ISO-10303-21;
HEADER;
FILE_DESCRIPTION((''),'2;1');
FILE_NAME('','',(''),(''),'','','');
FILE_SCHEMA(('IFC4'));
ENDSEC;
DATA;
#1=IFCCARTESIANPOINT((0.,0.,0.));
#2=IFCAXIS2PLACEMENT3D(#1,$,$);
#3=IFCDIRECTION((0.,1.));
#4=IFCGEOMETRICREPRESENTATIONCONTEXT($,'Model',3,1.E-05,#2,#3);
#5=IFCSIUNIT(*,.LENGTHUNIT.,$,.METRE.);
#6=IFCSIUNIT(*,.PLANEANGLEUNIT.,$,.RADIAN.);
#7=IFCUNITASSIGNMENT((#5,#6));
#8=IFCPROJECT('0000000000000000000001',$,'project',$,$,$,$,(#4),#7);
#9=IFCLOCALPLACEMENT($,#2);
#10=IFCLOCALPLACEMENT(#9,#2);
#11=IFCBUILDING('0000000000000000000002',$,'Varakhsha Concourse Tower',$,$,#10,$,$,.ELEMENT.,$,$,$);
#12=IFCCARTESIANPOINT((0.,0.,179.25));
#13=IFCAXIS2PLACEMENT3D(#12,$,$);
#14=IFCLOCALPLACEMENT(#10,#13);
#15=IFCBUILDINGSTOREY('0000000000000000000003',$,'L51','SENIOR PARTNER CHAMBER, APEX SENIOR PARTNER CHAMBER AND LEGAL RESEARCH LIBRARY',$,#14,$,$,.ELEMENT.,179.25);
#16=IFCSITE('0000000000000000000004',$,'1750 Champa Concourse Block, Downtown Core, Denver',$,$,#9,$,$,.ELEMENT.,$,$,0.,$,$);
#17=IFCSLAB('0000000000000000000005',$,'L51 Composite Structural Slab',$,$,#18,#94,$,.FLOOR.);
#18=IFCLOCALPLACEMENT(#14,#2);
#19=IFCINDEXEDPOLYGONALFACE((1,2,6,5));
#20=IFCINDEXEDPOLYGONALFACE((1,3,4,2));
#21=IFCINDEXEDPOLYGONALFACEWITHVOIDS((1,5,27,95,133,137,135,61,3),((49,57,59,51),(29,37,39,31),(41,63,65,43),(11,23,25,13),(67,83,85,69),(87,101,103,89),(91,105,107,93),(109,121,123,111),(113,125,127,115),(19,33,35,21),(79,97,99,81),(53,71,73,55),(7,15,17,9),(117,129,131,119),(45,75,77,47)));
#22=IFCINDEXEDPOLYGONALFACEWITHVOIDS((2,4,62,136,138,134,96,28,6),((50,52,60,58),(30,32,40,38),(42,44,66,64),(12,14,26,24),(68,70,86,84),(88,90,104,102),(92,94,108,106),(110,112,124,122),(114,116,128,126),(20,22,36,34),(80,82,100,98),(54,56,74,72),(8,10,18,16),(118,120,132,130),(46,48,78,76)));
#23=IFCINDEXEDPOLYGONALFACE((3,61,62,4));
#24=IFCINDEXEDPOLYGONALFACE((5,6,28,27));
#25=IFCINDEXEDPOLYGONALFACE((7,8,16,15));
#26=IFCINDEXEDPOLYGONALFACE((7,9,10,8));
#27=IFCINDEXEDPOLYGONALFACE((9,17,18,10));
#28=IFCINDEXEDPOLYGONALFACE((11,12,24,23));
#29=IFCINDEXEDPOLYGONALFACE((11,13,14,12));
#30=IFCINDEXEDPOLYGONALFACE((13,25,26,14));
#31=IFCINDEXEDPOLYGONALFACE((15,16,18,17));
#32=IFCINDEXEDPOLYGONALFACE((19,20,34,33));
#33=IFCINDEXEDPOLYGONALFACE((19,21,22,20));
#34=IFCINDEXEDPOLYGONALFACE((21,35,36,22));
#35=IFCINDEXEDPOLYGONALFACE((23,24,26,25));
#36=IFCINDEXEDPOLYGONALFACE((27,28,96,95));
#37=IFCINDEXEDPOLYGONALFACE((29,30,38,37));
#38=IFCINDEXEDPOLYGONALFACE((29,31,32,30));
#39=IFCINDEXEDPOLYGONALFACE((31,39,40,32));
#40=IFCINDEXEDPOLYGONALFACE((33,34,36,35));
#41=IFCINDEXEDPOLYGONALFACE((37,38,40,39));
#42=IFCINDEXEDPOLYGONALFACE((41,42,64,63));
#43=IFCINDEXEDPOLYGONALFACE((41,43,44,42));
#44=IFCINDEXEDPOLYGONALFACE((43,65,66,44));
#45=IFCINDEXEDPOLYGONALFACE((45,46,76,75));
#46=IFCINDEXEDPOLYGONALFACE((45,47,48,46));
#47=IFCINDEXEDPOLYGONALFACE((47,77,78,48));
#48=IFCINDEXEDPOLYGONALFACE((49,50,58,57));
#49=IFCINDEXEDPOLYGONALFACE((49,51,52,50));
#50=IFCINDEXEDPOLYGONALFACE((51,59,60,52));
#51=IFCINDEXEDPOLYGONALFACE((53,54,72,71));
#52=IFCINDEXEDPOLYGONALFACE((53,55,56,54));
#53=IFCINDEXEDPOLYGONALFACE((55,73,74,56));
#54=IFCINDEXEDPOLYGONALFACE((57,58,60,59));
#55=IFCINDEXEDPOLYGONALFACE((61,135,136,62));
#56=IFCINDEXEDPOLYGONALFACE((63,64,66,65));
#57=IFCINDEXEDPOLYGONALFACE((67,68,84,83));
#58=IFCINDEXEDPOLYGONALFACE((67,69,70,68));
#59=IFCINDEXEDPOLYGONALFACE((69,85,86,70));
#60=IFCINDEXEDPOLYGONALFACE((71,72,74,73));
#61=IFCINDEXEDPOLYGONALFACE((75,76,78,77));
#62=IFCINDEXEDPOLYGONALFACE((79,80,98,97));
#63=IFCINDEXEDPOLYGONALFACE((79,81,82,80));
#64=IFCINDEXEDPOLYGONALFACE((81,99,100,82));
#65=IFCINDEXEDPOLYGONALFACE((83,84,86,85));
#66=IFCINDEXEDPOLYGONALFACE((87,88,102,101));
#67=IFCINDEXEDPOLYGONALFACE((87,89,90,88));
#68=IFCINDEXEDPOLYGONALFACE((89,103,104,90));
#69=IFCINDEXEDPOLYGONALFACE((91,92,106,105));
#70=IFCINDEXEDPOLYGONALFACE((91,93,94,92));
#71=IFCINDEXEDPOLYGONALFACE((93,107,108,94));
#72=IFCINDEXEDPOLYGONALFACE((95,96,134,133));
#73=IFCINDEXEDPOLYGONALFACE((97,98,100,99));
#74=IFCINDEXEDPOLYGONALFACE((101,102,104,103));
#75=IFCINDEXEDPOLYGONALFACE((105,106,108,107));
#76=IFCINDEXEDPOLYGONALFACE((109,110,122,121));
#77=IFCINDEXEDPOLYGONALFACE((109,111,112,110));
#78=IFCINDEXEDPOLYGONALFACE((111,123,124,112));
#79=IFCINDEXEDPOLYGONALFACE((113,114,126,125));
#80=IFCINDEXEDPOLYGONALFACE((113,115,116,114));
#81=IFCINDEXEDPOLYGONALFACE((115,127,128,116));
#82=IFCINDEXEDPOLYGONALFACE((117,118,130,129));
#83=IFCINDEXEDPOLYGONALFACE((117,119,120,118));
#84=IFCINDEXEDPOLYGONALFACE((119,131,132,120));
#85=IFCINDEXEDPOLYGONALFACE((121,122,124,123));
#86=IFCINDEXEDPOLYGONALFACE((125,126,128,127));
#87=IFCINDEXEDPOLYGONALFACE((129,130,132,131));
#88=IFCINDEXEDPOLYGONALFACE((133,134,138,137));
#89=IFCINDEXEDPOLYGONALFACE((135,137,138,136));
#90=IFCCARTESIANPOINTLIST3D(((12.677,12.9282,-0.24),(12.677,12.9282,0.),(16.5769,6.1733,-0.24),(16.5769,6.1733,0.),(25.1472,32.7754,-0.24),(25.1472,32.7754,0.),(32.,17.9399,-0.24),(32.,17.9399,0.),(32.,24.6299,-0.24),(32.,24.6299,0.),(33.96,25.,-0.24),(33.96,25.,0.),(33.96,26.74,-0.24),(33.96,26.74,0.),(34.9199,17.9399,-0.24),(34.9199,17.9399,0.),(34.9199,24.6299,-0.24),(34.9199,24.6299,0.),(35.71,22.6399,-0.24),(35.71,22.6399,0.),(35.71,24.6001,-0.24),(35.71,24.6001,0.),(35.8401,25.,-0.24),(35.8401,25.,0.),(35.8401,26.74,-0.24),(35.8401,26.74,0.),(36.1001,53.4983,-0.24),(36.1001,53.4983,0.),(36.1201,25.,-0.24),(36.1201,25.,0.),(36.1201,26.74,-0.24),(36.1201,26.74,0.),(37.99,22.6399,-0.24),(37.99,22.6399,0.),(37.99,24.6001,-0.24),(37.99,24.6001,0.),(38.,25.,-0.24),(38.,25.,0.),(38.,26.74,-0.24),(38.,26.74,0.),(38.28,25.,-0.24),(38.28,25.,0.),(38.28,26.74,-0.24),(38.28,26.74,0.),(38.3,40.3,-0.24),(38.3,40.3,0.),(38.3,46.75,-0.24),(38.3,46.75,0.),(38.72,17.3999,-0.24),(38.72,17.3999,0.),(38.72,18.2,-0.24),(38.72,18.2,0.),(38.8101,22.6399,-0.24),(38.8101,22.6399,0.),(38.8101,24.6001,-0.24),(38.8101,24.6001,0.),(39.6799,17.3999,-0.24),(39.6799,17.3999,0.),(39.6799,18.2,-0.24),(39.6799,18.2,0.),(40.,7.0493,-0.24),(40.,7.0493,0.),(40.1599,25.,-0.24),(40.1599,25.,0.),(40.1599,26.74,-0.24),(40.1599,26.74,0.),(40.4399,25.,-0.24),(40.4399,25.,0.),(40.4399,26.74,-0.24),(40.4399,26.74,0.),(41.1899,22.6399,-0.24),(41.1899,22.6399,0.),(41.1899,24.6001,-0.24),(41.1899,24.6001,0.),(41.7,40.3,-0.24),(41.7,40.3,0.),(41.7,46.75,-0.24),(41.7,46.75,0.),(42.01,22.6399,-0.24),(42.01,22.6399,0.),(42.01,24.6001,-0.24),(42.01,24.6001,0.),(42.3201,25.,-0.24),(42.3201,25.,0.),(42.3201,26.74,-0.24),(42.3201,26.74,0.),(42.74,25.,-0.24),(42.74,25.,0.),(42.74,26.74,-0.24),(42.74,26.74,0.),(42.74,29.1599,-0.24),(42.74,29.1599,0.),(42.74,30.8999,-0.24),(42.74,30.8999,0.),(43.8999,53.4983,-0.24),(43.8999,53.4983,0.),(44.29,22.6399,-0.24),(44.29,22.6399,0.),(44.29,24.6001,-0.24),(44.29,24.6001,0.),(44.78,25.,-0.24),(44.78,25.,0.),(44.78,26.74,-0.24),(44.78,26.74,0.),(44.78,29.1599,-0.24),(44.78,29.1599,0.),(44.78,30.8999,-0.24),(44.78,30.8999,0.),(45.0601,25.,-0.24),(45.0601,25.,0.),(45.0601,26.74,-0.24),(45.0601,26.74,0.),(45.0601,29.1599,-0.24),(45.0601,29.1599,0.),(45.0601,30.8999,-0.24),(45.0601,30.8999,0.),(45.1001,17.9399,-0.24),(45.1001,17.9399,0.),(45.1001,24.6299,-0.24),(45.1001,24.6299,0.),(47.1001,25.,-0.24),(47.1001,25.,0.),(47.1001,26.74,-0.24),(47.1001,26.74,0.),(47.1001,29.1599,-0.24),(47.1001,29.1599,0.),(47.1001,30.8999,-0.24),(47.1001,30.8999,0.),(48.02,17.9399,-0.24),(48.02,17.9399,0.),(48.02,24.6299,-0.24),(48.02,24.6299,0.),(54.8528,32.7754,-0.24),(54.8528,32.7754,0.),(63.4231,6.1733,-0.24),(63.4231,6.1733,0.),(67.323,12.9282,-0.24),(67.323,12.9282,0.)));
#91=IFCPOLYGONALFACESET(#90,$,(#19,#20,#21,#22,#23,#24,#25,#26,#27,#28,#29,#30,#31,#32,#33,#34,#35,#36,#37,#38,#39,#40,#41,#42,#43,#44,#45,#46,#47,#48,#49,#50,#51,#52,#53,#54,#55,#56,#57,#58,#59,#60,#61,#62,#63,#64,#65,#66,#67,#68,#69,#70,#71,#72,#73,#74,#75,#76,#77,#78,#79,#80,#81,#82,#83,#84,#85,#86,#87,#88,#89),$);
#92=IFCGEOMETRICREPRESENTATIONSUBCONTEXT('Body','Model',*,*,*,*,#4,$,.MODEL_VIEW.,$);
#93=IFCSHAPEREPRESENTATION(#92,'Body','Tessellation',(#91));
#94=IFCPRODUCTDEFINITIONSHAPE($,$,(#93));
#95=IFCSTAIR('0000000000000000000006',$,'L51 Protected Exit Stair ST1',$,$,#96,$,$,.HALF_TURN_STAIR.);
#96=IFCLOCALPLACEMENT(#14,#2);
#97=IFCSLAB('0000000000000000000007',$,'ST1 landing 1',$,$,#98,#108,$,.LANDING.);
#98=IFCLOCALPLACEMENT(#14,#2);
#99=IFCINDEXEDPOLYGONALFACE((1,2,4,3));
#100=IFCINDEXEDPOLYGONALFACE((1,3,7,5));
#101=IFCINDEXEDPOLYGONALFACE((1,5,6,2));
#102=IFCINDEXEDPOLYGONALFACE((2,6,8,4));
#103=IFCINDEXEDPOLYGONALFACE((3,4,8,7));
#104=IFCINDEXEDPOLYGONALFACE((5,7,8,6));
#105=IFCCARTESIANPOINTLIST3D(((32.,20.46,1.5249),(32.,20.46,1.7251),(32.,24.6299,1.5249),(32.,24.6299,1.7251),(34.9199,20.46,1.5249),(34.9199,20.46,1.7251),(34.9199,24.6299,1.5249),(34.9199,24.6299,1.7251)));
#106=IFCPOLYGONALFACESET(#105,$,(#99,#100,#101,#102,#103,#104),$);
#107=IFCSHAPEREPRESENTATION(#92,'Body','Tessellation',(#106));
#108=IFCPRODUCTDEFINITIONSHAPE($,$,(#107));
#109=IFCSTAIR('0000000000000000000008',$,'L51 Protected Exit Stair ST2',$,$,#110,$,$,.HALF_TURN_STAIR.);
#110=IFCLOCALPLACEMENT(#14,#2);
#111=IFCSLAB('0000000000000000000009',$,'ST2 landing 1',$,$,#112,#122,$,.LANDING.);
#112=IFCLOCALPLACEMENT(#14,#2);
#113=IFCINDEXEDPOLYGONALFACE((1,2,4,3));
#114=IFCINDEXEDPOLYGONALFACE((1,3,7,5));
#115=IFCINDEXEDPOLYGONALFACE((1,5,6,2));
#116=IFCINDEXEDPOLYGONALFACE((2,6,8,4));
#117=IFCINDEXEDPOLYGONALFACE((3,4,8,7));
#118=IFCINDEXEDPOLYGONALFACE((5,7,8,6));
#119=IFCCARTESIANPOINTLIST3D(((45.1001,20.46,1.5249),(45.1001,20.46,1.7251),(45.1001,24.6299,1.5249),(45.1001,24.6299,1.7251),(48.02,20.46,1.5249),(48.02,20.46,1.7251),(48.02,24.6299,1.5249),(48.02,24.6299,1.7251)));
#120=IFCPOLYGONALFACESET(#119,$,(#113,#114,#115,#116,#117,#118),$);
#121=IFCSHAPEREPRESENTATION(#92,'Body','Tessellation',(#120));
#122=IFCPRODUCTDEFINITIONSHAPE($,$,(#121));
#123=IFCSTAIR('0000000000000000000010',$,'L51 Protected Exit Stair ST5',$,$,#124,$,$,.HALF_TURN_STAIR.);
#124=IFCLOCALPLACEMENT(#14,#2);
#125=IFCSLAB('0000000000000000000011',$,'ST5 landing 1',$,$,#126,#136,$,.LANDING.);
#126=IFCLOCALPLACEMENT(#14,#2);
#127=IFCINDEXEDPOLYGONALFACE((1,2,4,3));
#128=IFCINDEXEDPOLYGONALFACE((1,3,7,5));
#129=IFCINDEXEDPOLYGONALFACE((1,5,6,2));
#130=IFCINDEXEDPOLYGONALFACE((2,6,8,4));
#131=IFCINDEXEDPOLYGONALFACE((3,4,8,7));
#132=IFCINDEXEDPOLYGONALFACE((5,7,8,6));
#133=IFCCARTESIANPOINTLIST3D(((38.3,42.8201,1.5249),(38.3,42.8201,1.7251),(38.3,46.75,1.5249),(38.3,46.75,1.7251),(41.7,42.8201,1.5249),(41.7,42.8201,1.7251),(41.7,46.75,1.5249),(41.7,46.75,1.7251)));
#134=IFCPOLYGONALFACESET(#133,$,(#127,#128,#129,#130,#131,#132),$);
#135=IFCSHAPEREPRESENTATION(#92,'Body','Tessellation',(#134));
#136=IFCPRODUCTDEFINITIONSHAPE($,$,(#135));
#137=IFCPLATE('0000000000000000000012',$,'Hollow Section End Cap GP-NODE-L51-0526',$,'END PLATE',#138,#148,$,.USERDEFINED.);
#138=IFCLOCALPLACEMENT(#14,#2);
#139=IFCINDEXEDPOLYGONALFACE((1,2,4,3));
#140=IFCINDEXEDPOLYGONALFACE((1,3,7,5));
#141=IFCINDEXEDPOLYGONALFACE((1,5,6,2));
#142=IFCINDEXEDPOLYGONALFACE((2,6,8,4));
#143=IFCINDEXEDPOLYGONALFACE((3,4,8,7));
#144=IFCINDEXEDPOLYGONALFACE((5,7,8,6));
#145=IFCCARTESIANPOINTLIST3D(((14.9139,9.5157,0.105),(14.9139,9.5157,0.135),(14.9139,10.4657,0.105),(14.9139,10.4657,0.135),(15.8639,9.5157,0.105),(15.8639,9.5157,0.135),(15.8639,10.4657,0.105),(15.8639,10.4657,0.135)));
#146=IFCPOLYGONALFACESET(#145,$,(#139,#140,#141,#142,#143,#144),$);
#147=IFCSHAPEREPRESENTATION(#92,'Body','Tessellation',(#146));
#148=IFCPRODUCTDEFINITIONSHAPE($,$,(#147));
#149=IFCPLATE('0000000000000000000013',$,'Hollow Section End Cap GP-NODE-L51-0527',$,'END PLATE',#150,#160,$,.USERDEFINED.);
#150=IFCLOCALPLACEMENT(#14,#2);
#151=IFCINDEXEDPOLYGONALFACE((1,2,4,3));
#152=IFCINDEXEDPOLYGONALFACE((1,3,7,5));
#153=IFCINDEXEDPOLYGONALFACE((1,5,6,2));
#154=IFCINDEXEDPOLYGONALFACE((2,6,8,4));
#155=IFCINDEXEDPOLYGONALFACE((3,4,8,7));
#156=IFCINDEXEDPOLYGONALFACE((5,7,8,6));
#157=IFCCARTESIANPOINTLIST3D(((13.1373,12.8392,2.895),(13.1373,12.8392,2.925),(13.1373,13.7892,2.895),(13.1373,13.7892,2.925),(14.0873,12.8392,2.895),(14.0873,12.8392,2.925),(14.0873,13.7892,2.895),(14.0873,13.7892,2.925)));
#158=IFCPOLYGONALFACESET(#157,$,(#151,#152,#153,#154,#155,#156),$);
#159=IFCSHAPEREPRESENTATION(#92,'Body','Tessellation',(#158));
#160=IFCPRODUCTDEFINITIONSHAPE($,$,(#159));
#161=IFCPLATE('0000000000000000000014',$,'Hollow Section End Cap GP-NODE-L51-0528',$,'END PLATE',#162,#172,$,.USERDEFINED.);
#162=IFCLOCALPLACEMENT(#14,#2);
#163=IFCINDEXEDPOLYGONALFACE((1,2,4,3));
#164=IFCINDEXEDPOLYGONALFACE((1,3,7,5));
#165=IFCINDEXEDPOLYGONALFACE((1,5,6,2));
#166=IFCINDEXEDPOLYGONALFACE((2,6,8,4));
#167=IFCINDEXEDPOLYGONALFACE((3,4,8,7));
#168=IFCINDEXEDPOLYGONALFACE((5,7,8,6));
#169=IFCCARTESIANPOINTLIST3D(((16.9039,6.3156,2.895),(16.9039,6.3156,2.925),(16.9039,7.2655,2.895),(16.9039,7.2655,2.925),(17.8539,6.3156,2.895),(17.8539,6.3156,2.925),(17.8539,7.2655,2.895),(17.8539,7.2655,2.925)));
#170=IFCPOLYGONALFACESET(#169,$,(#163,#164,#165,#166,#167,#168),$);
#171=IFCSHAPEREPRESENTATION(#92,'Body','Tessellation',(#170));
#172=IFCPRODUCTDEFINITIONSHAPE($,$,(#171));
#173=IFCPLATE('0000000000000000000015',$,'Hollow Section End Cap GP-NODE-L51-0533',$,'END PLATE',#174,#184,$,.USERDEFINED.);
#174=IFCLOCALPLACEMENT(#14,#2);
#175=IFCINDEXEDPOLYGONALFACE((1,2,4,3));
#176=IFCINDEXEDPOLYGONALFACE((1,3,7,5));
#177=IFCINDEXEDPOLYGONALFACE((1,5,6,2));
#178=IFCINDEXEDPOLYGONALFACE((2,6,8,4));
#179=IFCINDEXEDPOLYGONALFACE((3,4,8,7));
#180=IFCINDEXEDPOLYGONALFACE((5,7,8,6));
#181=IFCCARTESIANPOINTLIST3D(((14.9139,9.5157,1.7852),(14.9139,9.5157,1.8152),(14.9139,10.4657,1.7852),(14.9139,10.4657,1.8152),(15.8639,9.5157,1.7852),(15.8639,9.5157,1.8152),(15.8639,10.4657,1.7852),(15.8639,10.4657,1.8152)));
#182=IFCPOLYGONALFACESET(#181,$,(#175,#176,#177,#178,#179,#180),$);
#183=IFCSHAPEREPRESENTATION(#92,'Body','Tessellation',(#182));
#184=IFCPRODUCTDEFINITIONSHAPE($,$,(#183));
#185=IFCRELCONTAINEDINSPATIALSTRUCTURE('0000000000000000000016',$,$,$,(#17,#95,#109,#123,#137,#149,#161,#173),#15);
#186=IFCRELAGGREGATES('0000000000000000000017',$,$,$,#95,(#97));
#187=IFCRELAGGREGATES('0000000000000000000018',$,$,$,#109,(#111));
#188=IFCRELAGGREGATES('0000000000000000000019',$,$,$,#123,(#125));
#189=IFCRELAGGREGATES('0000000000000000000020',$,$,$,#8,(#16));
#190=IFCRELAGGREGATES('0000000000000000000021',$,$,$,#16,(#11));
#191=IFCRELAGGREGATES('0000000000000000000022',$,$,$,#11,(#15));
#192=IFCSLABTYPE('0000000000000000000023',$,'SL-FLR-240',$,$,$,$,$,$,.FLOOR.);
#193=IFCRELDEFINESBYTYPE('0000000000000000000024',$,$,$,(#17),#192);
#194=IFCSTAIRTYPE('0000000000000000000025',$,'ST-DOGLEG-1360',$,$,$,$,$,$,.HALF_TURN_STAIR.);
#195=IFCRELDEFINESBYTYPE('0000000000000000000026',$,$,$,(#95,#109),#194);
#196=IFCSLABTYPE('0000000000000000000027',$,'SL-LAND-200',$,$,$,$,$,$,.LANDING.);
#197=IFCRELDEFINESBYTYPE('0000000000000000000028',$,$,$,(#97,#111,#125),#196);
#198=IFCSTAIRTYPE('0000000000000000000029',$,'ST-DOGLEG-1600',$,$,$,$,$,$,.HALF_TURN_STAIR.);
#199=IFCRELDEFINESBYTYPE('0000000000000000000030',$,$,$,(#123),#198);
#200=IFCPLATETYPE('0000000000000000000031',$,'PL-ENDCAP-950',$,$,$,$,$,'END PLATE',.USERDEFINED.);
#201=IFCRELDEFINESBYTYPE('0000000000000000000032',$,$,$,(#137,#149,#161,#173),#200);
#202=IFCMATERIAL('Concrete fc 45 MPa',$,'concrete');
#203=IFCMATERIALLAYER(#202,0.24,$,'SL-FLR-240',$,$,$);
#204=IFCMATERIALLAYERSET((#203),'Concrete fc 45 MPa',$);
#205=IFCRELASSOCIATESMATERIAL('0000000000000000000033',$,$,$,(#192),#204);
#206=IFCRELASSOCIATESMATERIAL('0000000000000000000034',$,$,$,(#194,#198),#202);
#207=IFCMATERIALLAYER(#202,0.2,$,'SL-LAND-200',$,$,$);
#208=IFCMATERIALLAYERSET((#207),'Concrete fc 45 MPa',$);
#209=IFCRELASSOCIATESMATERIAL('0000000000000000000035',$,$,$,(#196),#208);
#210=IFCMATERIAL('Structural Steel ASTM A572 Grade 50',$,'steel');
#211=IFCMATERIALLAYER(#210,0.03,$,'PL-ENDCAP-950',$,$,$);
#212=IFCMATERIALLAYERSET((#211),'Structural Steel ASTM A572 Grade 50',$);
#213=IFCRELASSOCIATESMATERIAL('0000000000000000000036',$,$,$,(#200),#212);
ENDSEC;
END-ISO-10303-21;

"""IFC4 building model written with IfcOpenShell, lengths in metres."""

from ifc_helpers import new_model, si_unit, direction, frame, origin, origin_2d, place, context, subcontext, project, spatial, polyline, rectangle, outline, extrude, source, transform, mapped, material, layer, layer_set, type_object, type_shapes, element, aggregate, save


model = new_model("IFC4")

# Units and contexts
model_context = context("Model", 3, precision=1e-05, world=origin(), true_north=direction((0.0, 1.0)))
body_context = subcontext(model_context, "Body", "Model", "MODEL_VIEW")
ifc_project = project(units=[si_unit("LENGTHUNIT", "METRE"), si_unit("PLANEANGLEUNIT", "RADIAN")], contexts=[model_context])

# Site, building, storey
site_placement = place(None, origin())
site = spatial("IfcSite", under=ifc_project, at=site_placement, Name="1750 Champa Concourse Block, Downtown Core, Denver", CompositionType="ELEMENT", RefElevation=0.0)
building_placement = place(site_placement, origin())
building = spatial("IfcBuilding", under=site, at=building_placement, Name="Varakhsha Concourse Tower", CompositionType="ELEMENT")
storey_placement = place(building_placement, frame((0.0, 0.0, 179.25)))
storey = spatial("IfcBuildingStorey", under=building, at=storey_placement, Name="L51", Description="SENIOR PARTNER CHAMBER, APEX SENIOR PARTNER CHAMBER AND LEGAL RESEARCH LIBRARY", CompositionType="ELEMENT", Elevation=179.25)

# Shared definitions
ifc_material_1 = material(Name="Structural Steel ASTM A572 Grade 50", Category="steel")

# Slab
ifc_material_2 = material(Name="Concrete fc 45 MPa", Category="concrete")
ifc_layer_1 = layer(ifc_material_2, 0.24, Name="SL-FLR-240")
ifc_layer_set_1 = layer_set([ifc_layer_1], Name="Concrete fc 45 MPa")
slab_type_1 = type_object("IfcSlabType", Name="SL-FLR-240", PredefinedType="FLOOR", material=ifc_layer_set_1)
slab_1_placement = place(storey_placement, frame((0.0, 0.0, -0.24)))
element("IfcSlab", 1, at=slab_1_placement, inside=storey, type_object=slab_type_1, Name="L51 Composite Structural Slab", PredefinedType="FLOOR", context=body_context, shape_type="SweptSolid", body=[
    extrude(outline(polyline([(43.8999, 53.4983), (36.1001, 53.4983), (25.1472, 32.7754), (12.677, 12.9282), (16.5769, 6.1733), (40.0, 7.0493), (63.4231, 6.1733), (67.323, 12.9282), (54.8528, 32.7754), (43.8999, 53.4983)]), holes=[polyline([(34.9199, 17.9399), (34.9199, 24.6299), (32.0, 24.6299), (32.0, 17.9399), (34.9199, 17.9399)]), polyline([(48.02, 17.9399), (48.02, 24.6299), (45.1001, 24.6299), (45.1001, 17.9399), (48.02, 17.9399)]), polyline([(41.7, 40.3), (41.7, 46.75), (38.3, 46.75), (38.3, 40.3), (41.7, 40.3)]), polyline([(33.96, 25.0), (35.8401, 25.0), (35.8401, 26.74), (33.96, 26.74), (33.96, 25.0)]), polyline([(36.1201, 25.0), (38.0, 25.0), (38.0, 26.74), (36.1201, 26.74), (36.1201, 25.0)]), polyline([(38.28, 25.0), (40.1599, 25.0), (40.1599, 26.74), (38.28, 26.74), (38.28, 25.0)]), polyline([(40.4399, 25.0), (42.3201, 25.0), (42.3201, 26.74), (40.4399, 26.74), (40.4399, 25.0)]), polyline([(42.74, 29.1599), (44.78, 29.1599), (44.78, 30.8999), (42.74, 30.8999), (42.74, 29.1599)]), polyline([(45.0601, 29.1599), (47.1001, 29.1599), (47.1001, 30.8999), (45.0601, 30.8999), (45.0601, 29.1599)]), polyline([(42.74, 25.0), (44.78, 25.0), (44.78, 26.74), (42.74, 26.74), (42.74, 25.0)]), polyline([(45.0601, 25.0), (47.1001, 25.0), (47.1001, 26.74), (45.0601, 26.74), (45.0601, 25.0)]), polyline([(35.71, 22.6399), (37.99, 22.6399), (37.99, 24.6001), (35.71, 24.6001), (35.71, 22.6399)]), polyline([(42.01, 22.6399), (44.29, 22.6399), (44.29, 24.6001), (42.01, 24.6001), (42.01, 22.6399)]), polyline([(38.8101, 22.6399), (41.1899, 22.6399), (41.1899, 24.6001), (38.8101, 24.6001), (38.8101, 22.6399)]), polyline([(38.72, 17.3999), (39.6799, 17.3999), (39.6799, 18.2), (38.72, 18.2), (38.72, 17.3999)])]), origin(), (0.0, 0.0, 1.0), 0.24),
])

# Stairs, slabs
stair_type_1 = type_object("IfcStairType", Name="ST-DOGLEG-1360", PredefinedType="HALF_TURN_STAIR", material=ifc_material_2)
stair_1_placement = place(storey_placement, origin())
stair_1 = element("IfcStair", 2, at=stair_1_placement, inside=storey, type_object=stair_type_1, Name="L51 Protected Exit Stair ST1", PredefinedType="HALF_TURN_STAIR")
ifc_layer_2 = layer(ifc_material_2, 0.2, Name="SL-LAND-200")
ifc_layer_set_2 = layer_set([ifc_layer_2], Name="Concrete fc 45 MPa")
slab_type_2 = type_object("IfcSlabType", Name="SL-LAND-200", PredefinedType="LANDING", material=ifc_layer_set_2)
slab_2_placement = place(storey_placement, frame((0.0, 0.0, 1.5249)))
slab_2 = element("IfcSlab", 3, at=slab_2_placement, type_object=slab_type_2, Name="ST1 landing 1", PredefinedType="LANDING", context=body_context, shape_type="SweptSolid", body=[
    extrude(outline(polyline([(34.9199, 20.46), (34.9199, 24.6299), (32.0, 24.6299), (32.0, 20.46), (34.9199, 20.46)])), origin(), (0.0, 0.0, 1.0), 0.2002),
])
aggregate(stair_1, [slab_2])
stair_2_placement = place(storey_placement, origin())
stair_2 = element("IfcStair", 4, at=stair_2_placement, inside=storey, type_object=stair_type_1, Name="L51 Protected Exit Stair ST2", PredefinedType="HALF_TURN_STAIR")
slab_3_placement = place(storey_placement, frame((0.0, 0.0, 1.5249)))
slab_3 = element("IfcSlab", 5, at=slab_3_placement, type_object=slab_type_2, Name="ST2 landing 1", PredefinedType="LANDING", context=body_context, shape_type="SweptSolid", body=[
    extrude(outline(polyline([(48.02, 20.46), (48.02, 24.6299), (45.1001, 24.6299), (45.1001, 20.46), (48.02, 20.46)])), origin(), (0.0, 0.0, 1.0), 0.2002),
])
aggregate(stair_2, [slab_3])
stair_type_2 = type_object("IfcStairType", Name="ST-DOGLEG-1600", PredefinedType="HALF_TURN_STAIR", material=ifc_material_2)
stair_3_placement = place(storey_placement, origin())
stair_3 = element("IfcStair", 6, at=stair_3_placement, inside=storey, type_object=stair_type_2, Name="L51 Protected Exit Stair ST5", PredefinedType="HALF_TURN_STAIR")
slab_4_placement = place(storey_placement, frame((0.0, 0.0, 1.5249)))
slab_4 = element("IfcSlab", 7, at=slab_4_placement, type_object=slab_type_2, Name="ST5 landing 1", PredefinedType="LANDING", context=body_context, shape_type="SweptSolid", body=[
    extrude(outline(polyline([(41.7, 42.8201), (41.7, 46.75), (38.3, 46.75), (38.3, 42.8201), (41.7, 42.8201)])), origin(), (0.0, 0.0, 1.0), 0.2002),
])
aggregate(stair_3, [slab_4])

# Plates
ifc_layer_3 = layer(ifc_material_1, 0.03, Name="PL-ENDCAP-950")
ifc_layer_set_3 = layer_set([ifc_layer_3], Name="Structural Steel ASTM A572 Grade 50")
plate_type_1 = type_object("IfcPlateType", Name="PL-ENDCAP-950", ElementType="END PLATE", PredefinedType="USERDEFINED", material=ifc_layer_set_3)
shared_shape_1 = source(origin(), body_context, "Body", "SweptSolid", [
    extrude(rectangle(XDim=0.95, YDim=0.95, at=origin_2d()), origin(), (0.0, 0.0, 1.0), 0.03),
])
type_shapes(plate_type_1, [shared_shape_1])
for number, where, z_axis, x_axis, name in (
    (8, (15.3889, 9.9907, 0.105), (0.0, 0.0, 1.0), (1.0, 0.0, 0.0), "Hollow Section End Cap GP-NODE-L51-0526"),
    (9, (13.6123, 13.3142, 2.895), (0.0, 0.0, 1.0), (1.0, 0.0, 0.0), "Hollow Section End Cap GP-NODE-L51-0527"),
    (10, (17.3789, 6.7905, 2.895), (0.0, 0.0, 1.0), (1.0, 0.0, 0.0), "Hollow Section End Cap GP-NODE-L51-0528"),
    (11, (15.3889, 9.9907, 1.7852), (0.0, 0.0, 1.0), (1.0, 0.0, 0.0), "Hollow Section End Cap GP-NODE-L51-0533"),
):
    element("IfcPlate", number, at=place(storey_placement, frame(where, z_axis=z_axis, x_axis=x_axis)), inside=storey, type_object=plate_type_1, Name=name, ObjectType="END PLATE", PredefinedType="USERDEFINED", context=body_context, shape_type="MappedRepresentation", body=[
        mapped(shared_shape_1, transform((0.0, 0.0, 0.0), scale=1.0)),
    ])

save(model, "model.ifc")
